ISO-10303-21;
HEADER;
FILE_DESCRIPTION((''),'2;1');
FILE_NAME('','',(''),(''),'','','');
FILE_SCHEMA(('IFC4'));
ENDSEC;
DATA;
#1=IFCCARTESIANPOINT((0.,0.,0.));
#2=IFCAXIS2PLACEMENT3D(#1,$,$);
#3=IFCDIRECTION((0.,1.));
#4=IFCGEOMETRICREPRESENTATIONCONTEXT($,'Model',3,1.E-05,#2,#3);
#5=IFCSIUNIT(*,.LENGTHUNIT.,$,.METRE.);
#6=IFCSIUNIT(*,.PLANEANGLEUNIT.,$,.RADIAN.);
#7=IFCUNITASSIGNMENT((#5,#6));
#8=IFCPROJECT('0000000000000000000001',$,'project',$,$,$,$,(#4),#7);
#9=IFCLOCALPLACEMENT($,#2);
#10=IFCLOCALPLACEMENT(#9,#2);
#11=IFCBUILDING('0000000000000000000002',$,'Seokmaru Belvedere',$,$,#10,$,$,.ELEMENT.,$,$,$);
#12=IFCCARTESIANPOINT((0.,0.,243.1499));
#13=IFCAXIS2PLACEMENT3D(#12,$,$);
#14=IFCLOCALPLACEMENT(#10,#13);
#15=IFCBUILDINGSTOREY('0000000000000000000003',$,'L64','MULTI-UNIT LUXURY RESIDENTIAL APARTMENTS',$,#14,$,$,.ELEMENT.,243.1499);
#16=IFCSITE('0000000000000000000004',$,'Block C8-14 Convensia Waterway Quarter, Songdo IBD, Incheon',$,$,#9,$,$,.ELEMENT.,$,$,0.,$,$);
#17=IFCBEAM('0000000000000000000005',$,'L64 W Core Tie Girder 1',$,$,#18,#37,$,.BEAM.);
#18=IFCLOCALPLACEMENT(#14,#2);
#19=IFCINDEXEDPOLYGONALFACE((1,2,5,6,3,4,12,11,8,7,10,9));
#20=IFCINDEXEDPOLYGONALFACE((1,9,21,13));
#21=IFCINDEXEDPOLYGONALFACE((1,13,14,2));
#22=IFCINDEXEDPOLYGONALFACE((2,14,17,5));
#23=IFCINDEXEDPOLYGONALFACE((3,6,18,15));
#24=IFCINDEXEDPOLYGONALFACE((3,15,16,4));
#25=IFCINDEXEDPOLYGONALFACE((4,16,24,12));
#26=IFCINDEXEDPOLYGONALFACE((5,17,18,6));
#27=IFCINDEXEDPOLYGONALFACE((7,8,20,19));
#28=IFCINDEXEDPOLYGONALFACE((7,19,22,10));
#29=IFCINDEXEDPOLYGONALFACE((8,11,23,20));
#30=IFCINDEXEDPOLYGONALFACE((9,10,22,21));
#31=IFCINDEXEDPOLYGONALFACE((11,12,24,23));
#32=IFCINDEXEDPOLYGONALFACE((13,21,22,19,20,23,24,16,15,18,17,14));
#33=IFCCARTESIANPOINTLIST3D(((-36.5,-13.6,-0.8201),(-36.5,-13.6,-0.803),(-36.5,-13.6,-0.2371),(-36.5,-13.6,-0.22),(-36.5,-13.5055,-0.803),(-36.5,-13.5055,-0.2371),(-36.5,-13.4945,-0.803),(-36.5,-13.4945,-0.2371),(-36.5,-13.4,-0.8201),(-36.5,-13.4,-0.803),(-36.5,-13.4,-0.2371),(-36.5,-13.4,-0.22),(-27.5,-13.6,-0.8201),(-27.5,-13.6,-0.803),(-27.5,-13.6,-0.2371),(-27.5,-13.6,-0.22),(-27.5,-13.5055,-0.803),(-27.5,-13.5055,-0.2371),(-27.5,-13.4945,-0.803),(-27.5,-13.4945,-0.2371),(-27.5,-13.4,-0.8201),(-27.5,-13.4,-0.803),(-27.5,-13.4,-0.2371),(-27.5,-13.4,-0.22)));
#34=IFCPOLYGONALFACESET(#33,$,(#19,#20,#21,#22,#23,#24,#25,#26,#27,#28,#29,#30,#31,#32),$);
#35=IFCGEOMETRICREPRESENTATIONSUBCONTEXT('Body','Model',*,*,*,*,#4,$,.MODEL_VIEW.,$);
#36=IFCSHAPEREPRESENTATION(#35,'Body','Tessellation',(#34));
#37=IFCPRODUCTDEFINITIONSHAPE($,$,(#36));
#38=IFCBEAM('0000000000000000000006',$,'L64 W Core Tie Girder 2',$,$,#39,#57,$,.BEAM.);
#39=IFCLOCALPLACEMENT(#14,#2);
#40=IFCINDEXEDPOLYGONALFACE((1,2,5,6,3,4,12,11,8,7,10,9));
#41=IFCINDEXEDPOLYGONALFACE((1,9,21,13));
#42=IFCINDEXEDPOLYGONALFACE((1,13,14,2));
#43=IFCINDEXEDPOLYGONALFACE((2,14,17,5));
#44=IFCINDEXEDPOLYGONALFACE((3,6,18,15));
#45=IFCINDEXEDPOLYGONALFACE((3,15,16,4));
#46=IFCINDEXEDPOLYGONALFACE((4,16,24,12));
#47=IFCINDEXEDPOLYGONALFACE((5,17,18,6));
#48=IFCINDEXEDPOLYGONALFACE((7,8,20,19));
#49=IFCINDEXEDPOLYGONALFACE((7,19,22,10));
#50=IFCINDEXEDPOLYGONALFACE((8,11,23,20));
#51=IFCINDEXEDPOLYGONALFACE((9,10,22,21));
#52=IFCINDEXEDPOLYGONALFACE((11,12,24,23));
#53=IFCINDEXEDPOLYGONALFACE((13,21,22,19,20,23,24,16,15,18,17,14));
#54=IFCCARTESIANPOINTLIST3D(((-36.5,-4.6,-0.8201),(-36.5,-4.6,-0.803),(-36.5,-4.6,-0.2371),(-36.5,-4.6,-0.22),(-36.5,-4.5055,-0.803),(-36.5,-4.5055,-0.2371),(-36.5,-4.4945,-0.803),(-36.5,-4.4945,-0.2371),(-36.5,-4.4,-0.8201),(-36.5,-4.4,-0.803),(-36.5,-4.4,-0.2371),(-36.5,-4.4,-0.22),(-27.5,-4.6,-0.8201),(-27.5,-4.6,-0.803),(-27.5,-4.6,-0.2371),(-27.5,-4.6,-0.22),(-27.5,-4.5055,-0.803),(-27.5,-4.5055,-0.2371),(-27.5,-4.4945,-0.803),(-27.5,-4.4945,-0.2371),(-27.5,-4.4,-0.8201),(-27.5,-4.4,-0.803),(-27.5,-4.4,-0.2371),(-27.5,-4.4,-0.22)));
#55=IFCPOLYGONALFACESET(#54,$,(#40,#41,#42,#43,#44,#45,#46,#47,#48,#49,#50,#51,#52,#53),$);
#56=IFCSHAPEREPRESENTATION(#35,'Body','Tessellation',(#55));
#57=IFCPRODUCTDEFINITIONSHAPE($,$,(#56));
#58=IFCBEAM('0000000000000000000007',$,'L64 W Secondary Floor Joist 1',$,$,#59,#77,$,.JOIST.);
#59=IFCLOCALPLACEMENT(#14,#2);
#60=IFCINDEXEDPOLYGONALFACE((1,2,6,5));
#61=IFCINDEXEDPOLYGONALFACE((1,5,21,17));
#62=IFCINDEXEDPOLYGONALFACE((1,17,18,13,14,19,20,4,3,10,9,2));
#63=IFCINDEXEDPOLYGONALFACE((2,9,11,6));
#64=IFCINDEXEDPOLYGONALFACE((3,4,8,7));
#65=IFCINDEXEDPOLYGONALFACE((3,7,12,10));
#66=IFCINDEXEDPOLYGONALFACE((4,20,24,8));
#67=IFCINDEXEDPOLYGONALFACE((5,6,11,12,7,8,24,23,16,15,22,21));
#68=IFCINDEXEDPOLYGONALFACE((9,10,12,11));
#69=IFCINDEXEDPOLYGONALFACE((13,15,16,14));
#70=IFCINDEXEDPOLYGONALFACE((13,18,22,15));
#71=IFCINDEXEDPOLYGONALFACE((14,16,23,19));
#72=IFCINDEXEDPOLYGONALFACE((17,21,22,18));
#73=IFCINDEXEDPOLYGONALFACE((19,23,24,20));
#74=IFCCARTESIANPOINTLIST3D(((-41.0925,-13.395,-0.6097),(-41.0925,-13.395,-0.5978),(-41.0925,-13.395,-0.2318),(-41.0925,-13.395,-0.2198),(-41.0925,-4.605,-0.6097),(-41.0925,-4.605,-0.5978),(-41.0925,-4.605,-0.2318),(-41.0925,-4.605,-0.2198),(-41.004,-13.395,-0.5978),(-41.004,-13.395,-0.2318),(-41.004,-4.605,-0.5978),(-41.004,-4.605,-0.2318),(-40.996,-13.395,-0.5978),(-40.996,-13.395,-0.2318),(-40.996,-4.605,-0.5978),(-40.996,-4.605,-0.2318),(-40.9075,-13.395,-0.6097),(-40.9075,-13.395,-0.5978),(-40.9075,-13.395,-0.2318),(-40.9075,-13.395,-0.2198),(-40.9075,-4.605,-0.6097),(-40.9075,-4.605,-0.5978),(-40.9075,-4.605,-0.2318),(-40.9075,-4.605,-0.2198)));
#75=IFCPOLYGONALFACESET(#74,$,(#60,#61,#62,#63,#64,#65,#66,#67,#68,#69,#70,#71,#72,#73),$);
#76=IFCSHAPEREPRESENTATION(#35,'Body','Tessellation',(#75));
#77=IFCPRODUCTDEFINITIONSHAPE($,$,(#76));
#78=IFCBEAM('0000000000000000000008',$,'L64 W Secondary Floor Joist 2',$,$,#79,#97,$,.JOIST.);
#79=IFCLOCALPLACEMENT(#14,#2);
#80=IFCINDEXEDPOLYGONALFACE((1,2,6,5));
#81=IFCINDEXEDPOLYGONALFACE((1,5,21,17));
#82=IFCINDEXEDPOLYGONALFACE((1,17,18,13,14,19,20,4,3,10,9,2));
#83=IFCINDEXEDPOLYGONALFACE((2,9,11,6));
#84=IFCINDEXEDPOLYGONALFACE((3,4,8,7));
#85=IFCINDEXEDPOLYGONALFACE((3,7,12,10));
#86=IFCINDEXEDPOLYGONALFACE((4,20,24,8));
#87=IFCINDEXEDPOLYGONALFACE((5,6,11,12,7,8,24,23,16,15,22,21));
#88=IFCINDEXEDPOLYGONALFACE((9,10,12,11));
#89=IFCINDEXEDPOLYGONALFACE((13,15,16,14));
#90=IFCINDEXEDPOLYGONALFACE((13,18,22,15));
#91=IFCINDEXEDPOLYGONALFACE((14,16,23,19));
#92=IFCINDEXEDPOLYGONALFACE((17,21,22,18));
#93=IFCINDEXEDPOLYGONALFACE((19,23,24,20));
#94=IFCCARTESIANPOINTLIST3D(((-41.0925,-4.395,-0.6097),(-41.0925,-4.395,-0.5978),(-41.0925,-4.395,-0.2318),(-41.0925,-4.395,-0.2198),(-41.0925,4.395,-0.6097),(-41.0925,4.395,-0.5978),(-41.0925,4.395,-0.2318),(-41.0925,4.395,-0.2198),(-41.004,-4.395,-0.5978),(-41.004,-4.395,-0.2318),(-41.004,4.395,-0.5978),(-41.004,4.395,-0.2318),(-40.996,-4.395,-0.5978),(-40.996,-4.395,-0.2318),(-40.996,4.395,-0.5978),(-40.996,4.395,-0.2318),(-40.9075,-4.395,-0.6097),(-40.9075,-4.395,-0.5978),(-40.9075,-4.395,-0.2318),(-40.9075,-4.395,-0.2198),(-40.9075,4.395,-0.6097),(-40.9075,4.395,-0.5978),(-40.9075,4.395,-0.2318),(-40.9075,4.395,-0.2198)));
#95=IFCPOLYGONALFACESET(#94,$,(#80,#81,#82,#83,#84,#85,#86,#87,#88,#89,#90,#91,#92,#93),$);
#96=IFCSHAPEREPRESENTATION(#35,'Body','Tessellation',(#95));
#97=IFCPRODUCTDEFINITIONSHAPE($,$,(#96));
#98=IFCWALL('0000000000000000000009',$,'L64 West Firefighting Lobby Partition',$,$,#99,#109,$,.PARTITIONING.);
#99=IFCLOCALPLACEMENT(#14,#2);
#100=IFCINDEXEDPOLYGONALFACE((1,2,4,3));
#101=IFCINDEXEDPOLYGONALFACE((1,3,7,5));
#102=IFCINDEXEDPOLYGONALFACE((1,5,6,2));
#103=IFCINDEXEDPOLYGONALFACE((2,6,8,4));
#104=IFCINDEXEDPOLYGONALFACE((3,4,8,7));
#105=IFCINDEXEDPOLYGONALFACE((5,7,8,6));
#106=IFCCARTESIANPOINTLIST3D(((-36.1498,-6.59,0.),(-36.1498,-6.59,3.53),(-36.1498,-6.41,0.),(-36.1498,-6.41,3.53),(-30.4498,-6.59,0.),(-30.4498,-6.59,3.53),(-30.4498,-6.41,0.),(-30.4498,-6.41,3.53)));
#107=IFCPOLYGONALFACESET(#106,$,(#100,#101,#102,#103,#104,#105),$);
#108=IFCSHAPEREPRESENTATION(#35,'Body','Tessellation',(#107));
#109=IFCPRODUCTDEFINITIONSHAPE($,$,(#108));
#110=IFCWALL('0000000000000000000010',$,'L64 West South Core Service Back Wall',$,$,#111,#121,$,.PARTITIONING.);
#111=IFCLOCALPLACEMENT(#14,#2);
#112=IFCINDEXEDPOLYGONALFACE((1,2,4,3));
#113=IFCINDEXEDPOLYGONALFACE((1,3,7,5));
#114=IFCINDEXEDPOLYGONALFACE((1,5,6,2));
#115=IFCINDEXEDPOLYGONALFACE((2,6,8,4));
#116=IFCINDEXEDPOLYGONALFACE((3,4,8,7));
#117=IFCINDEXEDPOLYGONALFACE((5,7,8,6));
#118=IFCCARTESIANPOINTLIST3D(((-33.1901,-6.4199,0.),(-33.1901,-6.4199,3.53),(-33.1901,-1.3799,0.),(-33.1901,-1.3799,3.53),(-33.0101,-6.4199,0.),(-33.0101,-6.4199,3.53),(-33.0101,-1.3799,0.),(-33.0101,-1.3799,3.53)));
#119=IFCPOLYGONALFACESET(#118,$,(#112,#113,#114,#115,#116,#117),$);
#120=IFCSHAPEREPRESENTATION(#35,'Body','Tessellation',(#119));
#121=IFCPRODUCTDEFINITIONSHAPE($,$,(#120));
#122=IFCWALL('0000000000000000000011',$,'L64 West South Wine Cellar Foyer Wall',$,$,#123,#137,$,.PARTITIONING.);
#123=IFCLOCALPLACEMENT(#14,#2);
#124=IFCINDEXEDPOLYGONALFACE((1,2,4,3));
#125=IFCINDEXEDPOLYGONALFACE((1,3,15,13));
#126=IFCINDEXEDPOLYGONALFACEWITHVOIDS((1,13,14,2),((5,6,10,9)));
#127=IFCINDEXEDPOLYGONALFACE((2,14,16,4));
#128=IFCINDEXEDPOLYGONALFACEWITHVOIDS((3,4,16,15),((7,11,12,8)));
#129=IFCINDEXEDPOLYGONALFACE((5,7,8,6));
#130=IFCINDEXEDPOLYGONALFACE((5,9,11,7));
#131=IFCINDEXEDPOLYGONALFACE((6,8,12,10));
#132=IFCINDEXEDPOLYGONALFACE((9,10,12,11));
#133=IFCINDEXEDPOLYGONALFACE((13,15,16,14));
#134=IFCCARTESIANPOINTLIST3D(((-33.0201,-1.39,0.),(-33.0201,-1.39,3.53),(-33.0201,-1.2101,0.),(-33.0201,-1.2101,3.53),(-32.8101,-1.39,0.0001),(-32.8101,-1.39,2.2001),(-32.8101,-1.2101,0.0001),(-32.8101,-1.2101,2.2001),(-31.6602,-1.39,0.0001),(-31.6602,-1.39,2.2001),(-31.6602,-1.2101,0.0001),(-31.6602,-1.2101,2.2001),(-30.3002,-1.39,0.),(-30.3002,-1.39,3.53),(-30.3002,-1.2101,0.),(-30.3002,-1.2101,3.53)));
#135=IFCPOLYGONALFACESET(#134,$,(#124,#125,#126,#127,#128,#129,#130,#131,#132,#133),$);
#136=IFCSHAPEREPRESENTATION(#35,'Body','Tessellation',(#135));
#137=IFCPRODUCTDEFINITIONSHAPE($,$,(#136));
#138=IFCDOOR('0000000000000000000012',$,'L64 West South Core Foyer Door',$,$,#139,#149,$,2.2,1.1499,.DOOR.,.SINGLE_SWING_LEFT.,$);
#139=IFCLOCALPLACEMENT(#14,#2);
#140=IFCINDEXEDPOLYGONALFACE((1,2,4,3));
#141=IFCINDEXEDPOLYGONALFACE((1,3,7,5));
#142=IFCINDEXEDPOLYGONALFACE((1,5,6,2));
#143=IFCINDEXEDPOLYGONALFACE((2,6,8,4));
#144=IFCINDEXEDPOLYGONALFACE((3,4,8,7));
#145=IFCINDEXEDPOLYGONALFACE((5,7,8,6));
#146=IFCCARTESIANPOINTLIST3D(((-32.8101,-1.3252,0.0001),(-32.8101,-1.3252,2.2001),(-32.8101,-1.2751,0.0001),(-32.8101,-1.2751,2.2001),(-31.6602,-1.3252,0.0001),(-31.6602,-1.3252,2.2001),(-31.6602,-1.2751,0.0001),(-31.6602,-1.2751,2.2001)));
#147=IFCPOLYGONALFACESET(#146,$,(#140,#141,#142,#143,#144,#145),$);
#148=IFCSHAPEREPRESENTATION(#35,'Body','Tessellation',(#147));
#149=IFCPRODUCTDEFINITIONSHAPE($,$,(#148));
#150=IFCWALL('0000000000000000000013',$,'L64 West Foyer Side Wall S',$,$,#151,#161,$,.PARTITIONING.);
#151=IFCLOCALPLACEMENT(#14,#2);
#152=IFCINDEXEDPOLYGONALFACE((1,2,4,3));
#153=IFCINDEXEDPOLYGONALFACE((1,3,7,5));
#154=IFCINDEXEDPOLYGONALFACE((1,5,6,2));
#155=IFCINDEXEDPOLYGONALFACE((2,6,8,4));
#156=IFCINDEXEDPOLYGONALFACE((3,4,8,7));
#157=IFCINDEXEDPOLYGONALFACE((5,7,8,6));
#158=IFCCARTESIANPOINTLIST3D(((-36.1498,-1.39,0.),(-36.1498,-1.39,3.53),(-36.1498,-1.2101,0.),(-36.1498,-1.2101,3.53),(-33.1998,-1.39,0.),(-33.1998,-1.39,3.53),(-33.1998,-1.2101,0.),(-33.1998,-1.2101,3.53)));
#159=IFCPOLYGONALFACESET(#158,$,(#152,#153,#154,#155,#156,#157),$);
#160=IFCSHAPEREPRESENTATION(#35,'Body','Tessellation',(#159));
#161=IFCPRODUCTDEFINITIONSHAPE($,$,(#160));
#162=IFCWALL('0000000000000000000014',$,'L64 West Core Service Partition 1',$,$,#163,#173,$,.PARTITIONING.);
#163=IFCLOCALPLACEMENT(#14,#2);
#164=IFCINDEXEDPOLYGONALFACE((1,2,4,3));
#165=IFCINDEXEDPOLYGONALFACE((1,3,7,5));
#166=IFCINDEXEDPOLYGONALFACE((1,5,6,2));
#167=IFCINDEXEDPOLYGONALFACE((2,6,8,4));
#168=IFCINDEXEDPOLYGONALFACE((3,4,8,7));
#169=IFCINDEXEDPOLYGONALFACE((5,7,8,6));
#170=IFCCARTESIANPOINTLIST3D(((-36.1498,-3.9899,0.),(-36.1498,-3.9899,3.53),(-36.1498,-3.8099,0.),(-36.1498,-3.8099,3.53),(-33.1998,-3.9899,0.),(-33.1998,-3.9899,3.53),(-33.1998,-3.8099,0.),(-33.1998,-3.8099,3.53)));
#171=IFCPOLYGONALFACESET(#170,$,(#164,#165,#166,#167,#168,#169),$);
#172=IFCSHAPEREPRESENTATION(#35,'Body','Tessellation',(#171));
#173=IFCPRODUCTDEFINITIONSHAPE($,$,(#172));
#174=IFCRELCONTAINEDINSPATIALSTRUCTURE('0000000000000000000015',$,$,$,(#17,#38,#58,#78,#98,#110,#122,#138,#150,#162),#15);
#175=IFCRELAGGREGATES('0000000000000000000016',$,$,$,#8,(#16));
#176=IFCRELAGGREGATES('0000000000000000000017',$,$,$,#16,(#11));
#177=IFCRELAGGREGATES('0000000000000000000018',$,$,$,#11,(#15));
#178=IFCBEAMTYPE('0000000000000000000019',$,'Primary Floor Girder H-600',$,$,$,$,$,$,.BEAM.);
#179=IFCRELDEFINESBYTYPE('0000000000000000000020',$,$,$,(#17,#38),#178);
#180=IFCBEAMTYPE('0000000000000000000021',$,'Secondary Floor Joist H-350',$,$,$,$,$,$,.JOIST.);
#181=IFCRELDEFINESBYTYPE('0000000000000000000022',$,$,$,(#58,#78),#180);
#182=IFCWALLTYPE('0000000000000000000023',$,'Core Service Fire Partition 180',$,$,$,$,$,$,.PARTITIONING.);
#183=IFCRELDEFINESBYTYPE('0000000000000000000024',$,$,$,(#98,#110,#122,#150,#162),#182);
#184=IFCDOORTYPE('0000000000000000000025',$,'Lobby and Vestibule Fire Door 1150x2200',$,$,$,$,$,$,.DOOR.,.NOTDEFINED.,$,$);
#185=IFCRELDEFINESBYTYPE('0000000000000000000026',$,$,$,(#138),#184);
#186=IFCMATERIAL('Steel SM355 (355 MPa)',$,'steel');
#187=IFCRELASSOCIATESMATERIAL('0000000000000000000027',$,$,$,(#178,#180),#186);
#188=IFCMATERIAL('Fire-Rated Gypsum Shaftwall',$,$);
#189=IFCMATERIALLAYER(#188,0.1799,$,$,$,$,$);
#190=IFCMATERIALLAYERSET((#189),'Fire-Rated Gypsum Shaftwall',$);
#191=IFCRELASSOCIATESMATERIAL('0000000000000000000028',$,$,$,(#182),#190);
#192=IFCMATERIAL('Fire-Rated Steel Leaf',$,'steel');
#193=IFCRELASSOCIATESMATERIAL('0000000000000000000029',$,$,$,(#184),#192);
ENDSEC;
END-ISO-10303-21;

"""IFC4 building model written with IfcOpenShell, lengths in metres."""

from ifc_helpers import new_model, si_unit, direction, frame, frame_2d, origin, origin_2d, place, context, subcontext, project, spatial, rectangle, i_section, extrude, source, transform, mapped, material, layer, layer_set, material_profile, profile_set, type_object, type_shapes, element, fill, save


model = new_model("IFC4")

# Units and contexts
model_context = context("Model", 3, precision=1e-05, world=origin(), true_north=direction((0.0, 1.0)))
body_context = subcontext(model_context, "Body", "Model", "MODEL_VIEW")
ifc_project = project(units=[si_unit("LENGTHUNIT", "METRE"), si_unit("PLANEANGLEUNIT", "RADIAN")], contexts=[model_context])

# Site, building, storey
site_placement = place(None, origin())
site = spatial("IfcSite", under=ifc_project, at=site_placement, Name="Block C8-14 Convensia Waterway Quarter, Songdo IBD, Incheon", CompositionType="ELEMENT", RefElevation=0.0)
building_placement = place(site_placement, origin())
building = spatial("IfcBuilding", under=site, at=building_placement, Name="Seokmaru Belvedere", CompositionType="ELEMENT")
storey_placement = place(building_placement, frame((0.0, 0.0, 243.1499)))
storey = spatial("IfcBuildingStorey", under=building, at=storey_placement, Name="L64", Description="MULTI-UNIT LUXURY RESIDENTIAL APARTMENTS", CompositionType="ELEMENT", Elevation=243.1499)

# Beams
ifc_material_1 = material(Name="Steel SM355 (355 MPa)", Category="steel")
ifc_material_profile_1 = material_profile(ifc_material_1, i_section(OverallWidth=0.2, OverallDepth=0.6001, WebThickness=0.011, FlangeThickness=0.0171, at=origin_2d()), Name="H-600x200x11x17")
ifc_profile_set_1 = profile_set([ifc_material_profile_1], Name="Steel SM355 (355 MPa)")
beam_type_1 = type_object("IfcBeamType", Name="Primary Floor Girder H-600", PredefinedType="BEAM", material=ifc_profile_set_1)
shared_shape_1 = source(origin(), body_context, "Body", "SweptSolid", [
    extrude(i_section(OverallWidth=0.2, OverallDepth=0.6001, WebThickness=0.011, FlangeThickness=0.0171, at=origin_2d()), origin(), (0.0, 0.0, 1.0), 9.0),
])
type_shapes(beam_type_1, [shared_shape_1])
for number, where, z_axis, x_axis, name in (
    (1, (-36.5, -13.5, -0.52), (1.0, 0.0, 0.0), (0.0, 1.0, 0.0), "L64 W Core Tie Girder 1"),
    (2, (-36.5, -4.5, -0.52), (1.0, 0.0, 0.0), (0.0, 1.0, 0.0), "L64 W Core Tie Girder 2"),
):
    element("IfcBeam", number, at=place(storey_placement, frame(where, z_axis=z_axis, x_axis=x_axis)), inside=storey, type_object=beam_type_1, Name=name, PredefinedType="BEAM", context=body_context, shape_type="MappedRepresentation", body=[
        mapped(shared_shape_1, transform((0.0, 0.0, 0.0), scale=1.0)),
    ])
ifc_material_profile_2 = material_profile(ifc_material_1, i_section(OverallWidth=0.1851, OverallDepth=0.3899, WebThickness=0.0081, FlangeThickness=0.012, at=origin_2d()), Name="H-390x185x8x12")
ifc_profile_set_2 = profile_set([ifc_material_profile_2], Name="Steel SM355 (355 MPa)")
beam_type_2 = type_object("IfcBeamType", Name="Secondary Floor Joist H-350", PredefinedType="JOIST", material=ifc_profile_set_2)
shared_shape_2 = source(origin(), body_context, "Body", "SweptSolid", [
    extrude(i_section(OverallWidth=0.1851, OverallDepth=0.3899, WebThickness=0.0081, FlangeThickness=0.012, at=origin_2d()), origin(), (0.0, 0.0, 1.0), 8.79),
])
type_shapes(beam_type_2, [shared_shape_2])
for number, where, z_axis, x_axis, name in (
    (3, (-41.0, -13.395, -0.4148), (0.0, 1.0, 0.0), (-1.0, 0.0, 0.0), "L64 W Secondary Floor Joist 1"),
    (4, (-41.0, -4.395, -0.4148), (0.0, 1.0, 0.0), (-1.0, 0.0, 0.0), "L64 W Secondary Floor Joist 2"),
):
    element("IfcBeam", number, at=place(storey_placement, frame(where, z_axis=z_axis, x_axis=x_axis)), inside=storey, type_object=beam_type_2, Name=name, PredefinedType="JOIST", context=body_context, shape_type="MappedRepresentation", body=[
        mapped(shared_shape_2, transform((0.0, 0.0, 0.0), scale=1.0)),
    ])

# Walls
ifc_material_2 = material(Name="Fire-Rated Gypsum Shaftwall")
ifc_layer_1 = layer(ifc_material_2, 0.1799)
ifc_layer_set_1 = layer_set([ifc_layer_1], Name="Fire-Rated Gypsum Shaftwall")
wall_type_1 = type_object("IfcWallType", Name="Core Service Fire Partition 180", PredefinedType="PARTITIONING", material=ifc_layer_set_1)
wall_1_placement = place(storey_placement, frame((-36.1499, -6.5, 0.0), z_axis=(0.0, 0.0, 1.0), x_axis=(1.0, 0.0, 0.0)))
element("IfcWall", 5, at=wall_1_placement, inside=storey, type_object=wall_type_1, Name="L64 West Firefighting Lobby Partition", PredefinedType="PARTITIONING", context=body_context, shape_type="SweptSolid", body=[
    extrude(rectangle(XDim=5.7, YDim=0.1799, at=frame_2d((2.8501, 0.0))), origin(), (0.0, 0.0, 1.0), 3.53),
])
wall_2_placement = place(storey_placement, frame((-33.1001, -6.4199, 0.0), z_axis=(0.0, 0.0, 1.0), x_axis=(0.0, 1.0, 0.0)))
element("IfcWall", 6, at=wall_2_placement, inside=storey, type_object=wall_type_1, Name="L64 West South Core Service Back Wall", PredefinedType="PARTITIONING", context=body_context, shape_type="SweptSolid", body=[
    extrude(rectangle(XDim=5.04, YDim=0.1799, at=frame_2d((2.52, 0.0))), origin(), (0.0, 0.0, 1.0), 3.53),
])

# Wall, opening, door
wall_3_placement = place(storey_placement, frame((-33.02, -1.3, 0.0), z_axis=(0.0, 0.0, 1.0), x_axis=(1.0, 0.0, 0.0)))
wall_3 = element("IfcWall", 7, at=wall_3_placement, inside=storey, type_object=wall_type_1, Name="L64 West South Wine Cellar Foyer Wall", PredefinedType="PARTITIONING", context=body_context, shape_type="SweptSolid", body=[
    extrude(rectangle(XDim=2.72, YDim=0.1799, at=frame_2d((1.3599, 0.0))), origin(), (0.0, 0.0, 1.0), 3.53),
])
opening_1_placement = place(wall_3_placement, frame((0.21, 0.0, 0.0)))
opening_1 = element("IfcOpeningElement", 8, at=opening_1_placement, cuts=wall_3, PredefinedType="OPENING", context=body_context, shape_type="SweptSolid", body=[
    extrude(rectangle(XDim=1.1499, YDim=2.2, at=frame_2d((0.575, 1.1001))), frame((0.0, 0.1001, 0.0), z_axis=(0.0, -1.0, 0.0), x_axis=(1.0, 0.0, 0.0)), (0.0, 0.0, 1.0), 0.2),
])
ifc_material_3 = material(Name="Fire-Rated Steel Leaf", Category="steel")
door_type_1 = type_object("IfcDoorType", Name="Lobby and Vestibule Fire Door 1150x2200", OperationType="NOTDEFINED", PredefinedType="DOOR", material=ifc_material_3)
shared_shape_3 = source(origin(), body_context, "Body", "SweptSolid", [
    extrude(rectangle(XDim=1.1499, YDim=2.2, at=frame_2d((0.575, 1.1001))), frame((0.0, 0.0249, 0.0), z_axis=(0.0, -1.0, 0.0), x_axis=(1.0, 0.0, 0.0)), (0.0, 0.0, 1.0), 0.05),
])
type_shapes(door_type_1, [shared_shape_3])
door_1_placement = place(opening_1_placement, origin())
door_1 = element("IfcDoor", 9, at=door_1_placement, inside=storey, type_object=door_type_1, Name="L64 West South Core Foyer Door", OperationType="SINGLE_SWING_LEFT", OverallHeight=2.2, OverallWidth=1.1499, PredefinedType="DOOR", context=body_context, shape_type="MappedRepresentation", body=[
    mapped(shared_shape_3, transform((0.0, 0.0, 0.0), scale=1.0)),
])
fill(opening_1, door_1)

# Walls
for number, where, z_axis, x_axis, name in (
    (10, (-36.1499, -1.3, 0.0), (0.0, 0.0, 1.0), (1.0, 0.0, 0.0), "L64 West Foyer Side Wall S"),
    (11, (-36.1499, -3.8999, 0.0), (0.0, 0.0, 1.0), (1.0, 0.0, 0.0), "L64 West Core Service Partition 1"),
):
    element("IfcWall", number, at=place(storey_placement, frame(where, z_axis=z_axis, x_axis=x_axis)), inside=storey, type_object=wall_type_1, Name=name, PredefinedType="PARTITIONING", context=body_context, shape_type="SweptSolid", body=[
        extrude(rectangle(XDim=2.95, YDim=0.1799, at=frame_2d((1.4751, 0.0))), origin(), (0.0, 0.0, 1.0), 3.53),
    ])

save(model, "model.ifc")
